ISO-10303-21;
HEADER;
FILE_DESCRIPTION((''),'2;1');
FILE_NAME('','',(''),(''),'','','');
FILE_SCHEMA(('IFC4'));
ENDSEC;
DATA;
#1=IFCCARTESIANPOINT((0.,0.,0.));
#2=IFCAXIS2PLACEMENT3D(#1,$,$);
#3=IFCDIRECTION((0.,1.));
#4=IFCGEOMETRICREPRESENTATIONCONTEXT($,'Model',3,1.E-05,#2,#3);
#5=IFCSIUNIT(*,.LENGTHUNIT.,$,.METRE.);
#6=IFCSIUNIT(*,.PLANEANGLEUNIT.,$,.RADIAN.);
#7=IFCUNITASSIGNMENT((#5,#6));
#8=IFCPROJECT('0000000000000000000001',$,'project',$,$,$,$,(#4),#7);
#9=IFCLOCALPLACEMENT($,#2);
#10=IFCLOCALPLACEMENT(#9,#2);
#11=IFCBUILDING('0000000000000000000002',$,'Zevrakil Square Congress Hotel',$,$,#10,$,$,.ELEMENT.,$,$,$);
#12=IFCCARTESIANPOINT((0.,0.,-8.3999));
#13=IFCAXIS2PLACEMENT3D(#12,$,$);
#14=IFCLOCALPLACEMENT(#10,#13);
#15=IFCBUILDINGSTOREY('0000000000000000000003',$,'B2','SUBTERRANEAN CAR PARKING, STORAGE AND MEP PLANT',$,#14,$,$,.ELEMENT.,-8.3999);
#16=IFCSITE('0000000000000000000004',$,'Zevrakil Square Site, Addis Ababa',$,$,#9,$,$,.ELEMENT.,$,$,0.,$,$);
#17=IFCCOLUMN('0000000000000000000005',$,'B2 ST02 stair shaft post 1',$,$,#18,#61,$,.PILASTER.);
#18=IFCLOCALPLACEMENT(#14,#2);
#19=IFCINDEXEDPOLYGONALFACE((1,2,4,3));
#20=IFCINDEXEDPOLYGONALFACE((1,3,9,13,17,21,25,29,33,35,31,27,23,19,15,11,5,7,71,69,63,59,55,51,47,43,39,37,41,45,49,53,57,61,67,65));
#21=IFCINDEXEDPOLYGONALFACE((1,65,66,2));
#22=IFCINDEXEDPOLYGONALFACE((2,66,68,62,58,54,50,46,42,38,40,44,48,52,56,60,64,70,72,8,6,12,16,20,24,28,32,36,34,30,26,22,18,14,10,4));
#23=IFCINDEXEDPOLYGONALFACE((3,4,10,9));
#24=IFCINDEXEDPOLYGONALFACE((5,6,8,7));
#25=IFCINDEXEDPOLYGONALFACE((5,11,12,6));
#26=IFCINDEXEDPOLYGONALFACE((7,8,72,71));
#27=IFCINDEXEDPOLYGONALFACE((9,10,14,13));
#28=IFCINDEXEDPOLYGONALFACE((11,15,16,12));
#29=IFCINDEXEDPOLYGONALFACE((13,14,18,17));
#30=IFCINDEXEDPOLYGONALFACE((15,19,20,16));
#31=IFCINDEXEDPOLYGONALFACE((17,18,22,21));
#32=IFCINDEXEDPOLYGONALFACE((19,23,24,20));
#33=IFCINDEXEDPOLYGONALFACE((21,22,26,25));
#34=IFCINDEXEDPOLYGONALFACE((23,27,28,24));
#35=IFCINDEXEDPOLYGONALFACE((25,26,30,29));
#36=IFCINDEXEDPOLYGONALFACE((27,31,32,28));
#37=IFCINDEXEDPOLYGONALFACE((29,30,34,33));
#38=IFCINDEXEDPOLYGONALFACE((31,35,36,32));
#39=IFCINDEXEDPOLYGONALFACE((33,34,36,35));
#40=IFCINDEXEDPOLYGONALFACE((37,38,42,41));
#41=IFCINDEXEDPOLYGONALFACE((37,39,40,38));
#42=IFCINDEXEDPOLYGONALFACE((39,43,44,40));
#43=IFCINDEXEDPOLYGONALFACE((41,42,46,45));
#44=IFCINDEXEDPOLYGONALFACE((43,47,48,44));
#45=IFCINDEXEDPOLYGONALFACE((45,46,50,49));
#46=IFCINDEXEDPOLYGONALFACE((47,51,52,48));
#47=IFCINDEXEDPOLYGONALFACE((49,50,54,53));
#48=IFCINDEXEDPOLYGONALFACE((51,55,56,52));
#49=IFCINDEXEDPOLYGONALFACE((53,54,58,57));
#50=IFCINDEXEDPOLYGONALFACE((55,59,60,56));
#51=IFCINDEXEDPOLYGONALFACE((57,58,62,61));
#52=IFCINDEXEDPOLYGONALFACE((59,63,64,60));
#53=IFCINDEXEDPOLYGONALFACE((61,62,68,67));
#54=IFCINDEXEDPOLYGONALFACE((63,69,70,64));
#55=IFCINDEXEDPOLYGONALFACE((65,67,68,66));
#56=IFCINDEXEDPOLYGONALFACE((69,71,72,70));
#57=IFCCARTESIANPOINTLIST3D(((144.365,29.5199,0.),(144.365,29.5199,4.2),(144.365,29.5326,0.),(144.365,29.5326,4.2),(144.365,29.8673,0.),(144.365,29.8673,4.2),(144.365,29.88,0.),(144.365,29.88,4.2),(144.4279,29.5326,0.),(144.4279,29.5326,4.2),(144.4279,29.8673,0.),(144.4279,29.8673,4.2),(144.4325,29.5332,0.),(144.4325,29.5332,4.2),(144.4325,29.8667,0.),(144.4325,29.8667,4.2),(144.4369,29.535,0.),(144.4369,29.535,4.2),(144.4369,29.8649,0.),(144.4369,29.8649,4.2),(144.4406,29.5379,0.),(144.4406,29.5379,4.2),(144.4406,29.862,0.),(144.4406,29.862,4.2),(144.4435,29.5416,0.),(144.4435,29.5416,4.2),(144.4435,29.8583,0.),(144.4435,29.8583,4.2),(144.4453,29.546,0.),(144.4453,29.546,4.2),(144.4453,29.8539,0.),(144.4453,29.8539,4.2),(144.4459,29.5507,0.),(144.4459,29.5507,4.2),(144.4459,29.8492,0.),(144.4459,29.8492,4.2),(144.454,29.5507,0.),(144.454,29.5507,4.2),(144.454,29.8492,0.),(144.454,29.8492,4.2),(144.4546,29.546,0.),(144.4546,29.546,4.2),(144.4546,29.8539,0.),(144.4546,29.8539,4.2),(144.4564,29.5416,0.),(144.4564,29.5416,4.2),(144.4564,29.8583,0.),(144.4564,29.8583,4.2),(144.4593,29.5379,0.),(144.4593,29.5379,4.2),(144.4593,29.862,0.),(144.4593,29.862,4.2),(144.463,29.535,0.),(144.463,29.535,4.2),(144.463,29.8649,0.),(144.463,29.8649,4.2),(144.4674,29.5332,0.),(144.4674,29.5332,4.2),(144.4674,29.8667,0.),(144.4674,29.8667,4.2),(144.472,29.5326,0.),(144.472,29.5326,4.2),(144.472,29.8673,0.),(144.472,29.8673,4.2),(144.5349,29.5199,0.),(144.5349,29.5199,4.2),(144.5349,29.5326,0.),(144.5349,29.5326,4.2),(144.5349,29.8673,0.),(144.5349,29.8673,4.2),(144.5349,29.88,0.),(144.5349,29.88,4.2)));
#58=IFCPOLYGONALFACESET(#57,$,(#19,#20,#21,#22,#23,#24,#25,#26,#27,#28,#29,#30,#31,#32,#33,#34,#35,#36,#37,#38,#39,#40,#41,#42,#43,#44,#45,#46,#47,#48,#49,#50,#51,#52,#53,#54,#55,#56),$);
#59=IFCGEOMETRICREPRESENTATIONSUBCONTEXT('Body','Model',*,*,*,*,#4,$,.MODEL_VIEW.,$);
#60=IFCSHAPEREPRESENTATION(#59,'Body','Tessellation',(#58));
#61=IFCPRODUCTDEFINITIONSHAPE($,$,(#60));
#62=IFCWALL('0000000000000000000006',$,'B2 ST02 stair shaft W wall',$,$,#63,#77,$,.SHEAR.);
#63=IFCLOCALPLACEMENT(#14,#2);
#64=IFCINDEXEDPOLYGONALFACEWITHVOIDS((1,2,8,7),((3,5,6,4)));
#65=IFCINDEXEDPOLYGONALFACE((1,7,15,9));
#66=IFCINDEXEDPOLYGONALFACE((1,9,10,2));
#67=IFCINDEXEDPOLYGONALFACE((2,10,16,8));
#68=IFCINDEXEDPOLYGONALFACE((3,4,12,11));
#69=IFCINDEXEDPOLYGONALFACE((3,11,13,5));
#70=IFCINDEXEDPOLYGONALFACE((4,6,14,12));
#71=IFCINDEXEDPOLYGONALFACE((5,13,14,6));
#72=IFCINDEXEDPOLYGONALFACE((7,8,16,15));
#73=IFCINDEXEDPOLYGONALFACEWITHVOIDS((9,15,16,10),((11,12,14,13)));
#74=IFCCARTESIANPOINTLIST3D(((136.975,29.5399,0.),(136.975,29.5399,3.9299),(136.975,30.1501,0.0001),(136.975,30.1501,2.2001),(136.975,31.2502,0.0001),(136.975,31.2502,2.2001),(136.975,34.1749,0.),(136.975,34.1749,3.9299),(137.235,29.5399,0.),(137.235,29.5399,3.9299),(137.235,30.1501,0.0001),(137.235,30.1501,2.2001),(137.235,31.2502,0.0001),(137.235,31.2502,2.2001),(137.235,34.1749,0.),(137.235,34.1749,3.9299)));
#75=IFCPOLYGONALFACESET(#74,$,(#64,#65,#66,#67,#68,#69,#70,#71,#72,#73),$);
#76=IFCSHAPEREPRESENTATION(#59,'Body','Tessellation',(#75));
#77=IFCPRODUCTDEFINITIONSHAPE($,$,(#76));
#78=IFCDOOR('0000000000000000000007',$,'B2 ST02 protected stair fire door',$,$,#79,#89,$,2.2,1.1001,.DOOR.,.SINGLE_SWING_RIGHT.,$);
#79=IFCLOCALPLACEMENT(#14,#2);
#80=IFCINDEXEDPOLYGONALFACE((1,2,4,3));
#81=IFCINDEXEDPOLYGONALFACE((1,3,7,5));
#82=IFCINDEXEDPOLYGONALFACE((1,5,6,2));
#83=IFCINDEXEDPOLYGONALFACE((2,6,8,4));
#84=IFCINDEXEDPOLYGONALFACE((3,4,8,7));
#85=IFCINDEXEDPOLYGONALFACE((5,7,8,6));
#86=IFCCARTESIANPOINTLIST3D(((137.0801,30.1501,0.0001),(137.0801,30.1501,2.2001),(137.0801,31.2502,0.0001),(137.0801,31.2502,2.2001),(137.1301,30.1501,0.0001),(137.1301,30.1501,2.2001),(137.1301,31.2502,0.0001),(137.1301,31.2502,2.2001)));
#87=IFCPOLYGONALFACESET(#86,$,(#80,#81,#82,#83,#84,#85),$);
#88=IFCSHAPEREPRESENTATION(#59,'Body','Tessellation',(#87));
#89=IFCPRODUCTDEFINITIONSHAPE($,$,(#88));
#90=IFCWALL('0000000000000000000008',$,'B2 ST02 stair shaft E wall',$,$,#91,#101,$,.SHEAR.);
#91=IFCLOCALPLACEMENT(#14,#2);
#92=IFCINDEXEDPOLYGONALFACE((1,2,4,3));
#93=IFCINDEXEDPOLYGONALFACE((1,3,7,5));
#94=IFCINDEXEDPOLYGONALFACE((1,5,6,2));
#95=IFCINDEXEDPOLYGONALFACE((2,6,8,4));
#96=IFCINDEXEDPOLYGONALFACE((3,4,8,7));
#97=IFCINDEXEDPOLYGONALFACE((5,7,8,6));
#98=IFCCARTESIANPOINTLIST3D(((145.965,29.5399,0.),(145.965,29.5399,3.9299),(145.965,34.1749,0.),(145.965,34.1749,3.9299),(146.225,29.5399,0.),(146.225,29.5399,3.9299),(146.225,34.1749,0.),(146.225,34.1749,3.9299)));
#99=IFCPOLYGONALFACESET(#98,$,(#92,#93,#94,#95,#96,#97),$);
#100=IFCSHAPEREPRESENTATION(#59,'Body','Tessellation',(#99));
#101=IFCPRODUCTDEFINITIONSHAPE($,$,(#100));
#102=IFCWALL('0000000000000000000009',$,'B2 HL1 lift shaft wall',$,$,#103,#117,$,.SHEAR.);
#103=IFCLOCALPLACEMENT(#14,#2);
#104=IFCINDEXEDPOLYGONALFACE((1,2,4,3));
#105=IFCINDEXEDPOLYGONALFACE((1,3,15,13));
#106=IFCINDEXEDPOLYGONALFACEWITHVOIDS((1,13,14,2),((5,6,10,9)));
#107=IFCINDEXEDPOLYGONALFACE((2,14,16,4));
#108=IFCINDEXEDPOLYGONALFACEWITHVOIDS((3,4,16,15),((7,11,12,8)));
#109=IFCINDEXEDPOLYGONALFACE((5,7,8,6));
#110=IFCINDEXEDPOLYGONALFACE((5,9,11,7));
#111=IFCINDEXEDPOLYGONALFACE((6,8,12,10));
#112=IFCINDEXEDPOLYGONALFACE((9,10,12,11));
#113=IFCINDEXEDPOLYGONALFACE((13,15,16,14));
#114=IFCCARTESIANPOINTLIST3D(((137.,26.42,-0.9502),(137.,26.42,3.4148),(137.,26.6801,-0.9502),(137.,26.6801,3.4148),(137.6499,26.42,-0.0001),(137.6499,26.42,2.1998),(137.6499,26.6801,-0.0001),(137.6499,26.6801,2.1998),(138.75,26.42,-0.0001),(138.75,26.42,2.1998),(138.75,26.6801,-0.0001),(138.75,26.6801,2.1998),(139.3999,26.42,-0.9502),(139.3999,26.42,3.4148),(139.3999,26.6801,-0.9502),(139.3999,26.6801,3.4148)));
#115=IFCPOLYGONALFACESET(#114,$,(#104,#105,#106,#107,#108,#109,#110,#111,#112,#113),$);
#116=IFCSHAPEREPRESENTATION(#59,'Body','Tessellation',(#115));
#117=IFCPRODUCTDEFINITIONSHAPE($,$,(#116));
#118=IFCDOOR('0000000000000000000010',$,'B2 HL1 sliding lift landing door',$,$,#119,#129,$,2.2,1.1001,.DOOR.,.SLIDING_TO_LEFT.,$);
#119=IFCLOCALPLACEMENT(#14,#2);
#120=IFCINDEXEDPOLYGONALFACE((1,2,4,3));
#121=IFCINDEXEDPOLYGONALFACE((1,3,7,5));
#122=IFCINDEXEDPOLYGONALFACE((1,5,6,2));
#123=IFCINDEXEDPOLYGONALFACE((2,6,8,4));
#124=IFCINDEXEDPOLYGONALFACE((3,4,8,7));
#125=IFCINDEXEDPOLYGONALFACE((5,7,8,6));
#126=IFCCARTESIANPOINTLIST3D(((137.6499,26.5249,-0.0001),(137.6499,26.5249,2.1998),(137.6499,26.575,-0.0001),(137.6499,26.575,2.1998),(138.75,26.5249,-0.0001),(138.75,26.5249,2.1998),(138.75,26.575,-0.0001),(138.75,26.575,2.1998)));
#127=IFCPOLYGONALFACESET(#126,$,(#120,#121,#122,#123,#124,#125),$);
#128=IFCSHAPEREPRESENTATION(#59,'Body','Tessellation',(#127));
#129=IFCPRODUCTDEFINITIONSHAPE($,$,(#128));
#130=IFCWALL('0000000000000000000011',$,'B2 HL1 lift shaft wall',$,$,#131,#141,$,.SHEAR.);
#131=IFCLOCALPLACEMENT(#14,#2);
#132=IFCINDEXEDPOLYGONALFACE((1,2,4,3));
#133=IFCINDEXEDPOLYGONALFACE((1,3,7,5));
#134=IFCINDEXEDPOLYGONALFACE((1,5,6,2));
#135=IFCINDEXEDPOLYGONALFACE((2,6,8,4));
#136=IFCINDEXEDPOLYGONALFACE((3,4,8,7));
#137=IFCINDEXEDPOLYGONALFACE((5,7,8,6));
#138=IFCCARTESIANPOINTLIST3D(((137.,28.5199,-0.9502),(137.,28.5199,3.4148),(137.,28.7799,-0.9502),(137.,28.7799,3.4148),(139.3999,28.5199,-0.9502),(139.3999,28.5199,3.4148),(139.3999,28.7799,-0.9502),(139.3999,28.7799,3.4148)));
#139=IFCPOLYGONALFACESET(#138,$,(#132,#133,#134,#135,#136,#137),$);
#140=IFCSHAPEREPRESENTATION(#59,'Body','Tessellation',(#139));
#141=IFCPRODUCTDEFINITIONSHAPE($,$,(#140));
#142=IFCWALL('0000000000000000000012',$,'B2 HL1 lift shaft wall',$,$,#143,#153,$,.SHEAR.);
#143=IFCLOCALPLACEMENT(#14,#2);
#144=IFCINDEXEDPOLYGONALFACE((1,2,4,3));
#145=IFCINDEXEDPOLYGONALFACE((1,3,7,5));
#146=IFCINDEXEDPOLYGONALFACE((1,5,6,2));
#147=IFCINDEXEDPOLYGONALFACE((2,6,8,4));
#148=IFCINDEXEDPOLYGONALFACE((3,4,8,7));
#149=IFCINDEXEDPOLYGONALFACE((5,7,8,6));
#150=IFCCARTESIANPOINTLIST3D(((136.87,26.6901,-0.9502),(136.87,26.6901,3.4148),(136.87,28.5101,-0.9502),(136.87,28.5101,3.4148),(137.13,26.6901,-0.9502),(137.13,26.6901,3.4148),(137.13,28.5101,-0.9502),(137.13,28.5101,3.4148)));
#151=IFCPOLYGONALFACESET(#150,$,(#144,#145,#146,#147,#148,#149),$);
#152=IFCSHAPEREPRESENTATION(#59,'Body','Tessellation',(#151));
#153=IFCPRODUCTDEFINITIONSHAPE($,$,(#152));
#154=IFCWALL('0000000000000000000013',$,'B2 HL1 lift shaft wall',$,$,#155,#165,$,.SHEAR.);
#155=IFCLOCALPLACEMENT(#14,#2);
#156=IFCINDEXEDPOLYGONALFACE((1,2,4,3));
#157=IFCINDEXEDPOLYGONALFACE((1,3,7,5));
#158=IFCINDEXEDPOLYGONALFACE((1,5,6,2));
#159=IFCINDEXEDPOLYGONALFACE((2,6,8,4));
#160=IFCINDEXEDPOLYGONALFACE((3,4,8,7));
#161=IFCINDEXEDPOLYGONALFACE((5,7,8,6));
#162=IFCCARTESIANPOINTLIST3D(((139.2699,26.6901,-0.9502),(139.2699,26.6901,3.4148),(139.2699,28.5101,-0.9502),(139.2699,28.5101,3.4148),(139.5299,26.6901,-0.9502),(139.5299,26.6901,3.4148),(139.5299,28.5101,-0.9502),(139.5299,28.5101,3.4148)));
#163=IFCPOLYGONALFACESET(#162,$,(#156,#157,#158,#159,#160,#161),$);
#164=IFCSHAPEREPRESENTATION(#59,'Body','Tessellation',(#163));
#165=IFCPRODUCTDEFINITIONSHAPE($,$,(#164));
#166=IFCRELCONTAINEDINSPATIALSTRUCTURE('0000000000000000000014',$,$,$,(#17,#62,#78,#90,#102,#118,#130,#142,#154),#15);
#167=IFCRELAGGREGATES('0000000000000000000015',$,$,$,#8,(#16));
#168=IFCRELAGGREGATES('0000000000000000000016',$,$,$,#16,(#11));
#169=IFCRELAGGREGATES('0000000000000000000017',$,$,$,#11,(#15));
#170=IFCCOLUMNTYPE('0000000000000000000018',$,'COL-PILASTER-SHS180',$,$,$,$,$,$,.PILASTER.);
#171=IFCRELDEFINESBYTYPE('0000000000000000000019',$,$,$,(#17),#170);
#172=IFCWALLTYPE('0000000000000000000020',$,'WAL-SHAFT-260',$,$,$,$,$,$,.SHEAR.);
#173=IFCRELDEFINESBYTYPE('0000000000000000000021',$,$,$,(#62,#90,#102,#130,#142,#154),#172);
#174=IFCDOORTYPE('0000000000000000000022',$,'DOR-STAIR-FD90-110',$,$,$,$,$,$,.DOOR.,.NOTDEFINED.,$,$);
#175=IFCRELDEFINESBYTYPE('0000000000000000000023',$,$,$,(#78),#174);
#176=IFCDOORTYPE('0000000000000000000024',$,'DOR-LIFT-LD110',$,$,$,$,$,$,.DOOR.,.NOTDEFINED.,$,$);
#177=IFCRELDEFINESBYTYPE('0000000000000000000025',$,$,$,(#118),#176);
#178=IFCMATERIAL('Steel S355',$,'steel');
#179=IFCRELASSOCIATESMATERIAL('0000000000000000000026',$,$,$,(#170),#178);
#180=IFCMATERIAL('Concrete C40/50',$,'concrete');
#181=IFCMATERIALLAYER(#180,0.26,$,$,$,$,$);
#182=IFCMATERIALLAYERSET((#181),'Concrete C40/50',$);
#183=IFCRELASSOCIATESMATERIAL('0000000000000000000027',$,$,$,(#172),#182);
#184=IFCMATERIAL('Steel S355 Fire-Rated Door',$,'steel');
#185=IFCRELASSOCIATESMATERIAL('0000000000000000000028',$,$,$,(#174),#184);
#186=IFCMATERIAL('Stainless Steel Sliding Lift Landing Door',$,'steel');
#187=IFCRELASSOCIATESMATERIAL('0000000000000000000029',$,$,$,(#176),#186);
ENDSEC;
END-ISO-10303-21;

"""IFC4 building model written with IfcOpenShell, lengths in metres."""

from ifc_helpers import new_model, si_unit, direction, frame, frame_2d, origin, origin_2d, place, context, subcontext, project, spatial, rectangle, i_section, extrude, material, layer, layer_set, material_profile, profile_set, type_object, element, fill, save


model = new_model("IFC4")

# Units and contexts
model_context = context("Model", 3, precision=1e-05, world=origin(), true_north=direction((0.0, 1.0)))
body_context = subcontext(model_context, "Body", "Model", "MODEL_VIEW")
ifc_project = project(units=[si_unit("LENGTHUNIT", "METRE"), si_unit("PLANEANGLEUNIT", "RADIAN")], contexts=[model_context])

# Site, building, storey
site_placement = place(None, origin())
site = spatial("IfcSite", under=ifc_project, at=site_placement, Name="Zevrakil Square Site, Addis Ababa", CompositionType="ELEMENT", RefElevation=0.0)
building_placement = place(site_placement, origin())
building = spatial("IfcBuilding", under=site, at=building_placement, Name="Zevrakil Square Congress Hotel", CompositionType="ELEMENT")
storey_placement = place(building_placement, frame((0.0, 0.0, -8.3999)))
storey = spatial("IfcBuildingStorey", under=building, at=storey_placement, Name="B2", Description="SUBTERRANEAN CAR PARKING, STORAGE AND MEP PLANT", CompositionType="ELEMENT", Elevation=-8.3999)

# Column
ifc_material_1 = material(Name="Steel S355", Category="steel")
ifc_material_profile_1 = material_profile(ifc_material_1, i_section(OverallWidth=0.1699, OverallDepth=0.3601, WebThickness=0.0081, FlangeThickness=0.0127, FilletRadius=0.0181, at=origin_2d()), Name="IPE 360")
ifc_profile_set_1 = profile_set([ifc_material_profile_1], Name="Steel S355")
column_type = type_object("IfcColumnType", Name="COL-PILASTER-SHS180", PredefinedType="PILASTER", material=ifc_profile_set_1)
column_placement = place(storey_placement, frame((144.45, 29.7, 0.0), z_axis=(0.0, 0.0, 1.0), x_axis=(1.0, 0.0, 0.0)))
element("IfcColumn", 1, at=column_placement, inside=storey, type_object=column_type, Name="B2 ST02 stair shaft post 1", PredefinedType="PILASTER", context=body_context, shape_type="SweptSolid", body=[
    extrude(i_section(OverallWidth=0.1699, OverallDepth=0.3601, WebThickness=0.0081, FlangeThickness=0.0127, FilletRadius=0.0181, at=origin_2d()), origin(), (0.0, 0.0, 1.0), 4.2),
])

# Wall, opening, door
ifc_material_2 = material(Name="Concrete C40/50", Category="concrete")
ifc_layer = layer(ifc_material_2, 0.26)
ifc_layer_set = layer_set([ifc_layer], Name="Concrete C40/50")
wall_type = type_object("IfcWallType", Name="WAL-SHAFT-260", PredefinedType="SHEAR", material=ifc_layer_set)
wall_1_placement = place(storey_placement, frame((137.105, 29.54, 0.0), z_axis=(0.0, 0.0, 1.0), x_axis=(0.0, 1.0, 0.0)))
wall_1 = element("IfcWall", 2, at=wall_1_placement, inside=storey, type_object=wall_type, Name="B2 ST02 stair shaft W wall", PredefinedType="SHEAR", context=body_context, shape_type="SweptSolid", body=[
    extrude(rectangle(XDim=4.635, YDim=0.26, at=frame_2d((2.3174, 0.0))), origin(), (0.0, 0.0, 1.0), 3.9299),
])
opening_1_placement = place(wall_1_placement, frame((0.6101, 0.0, 0.0)))
opening_1 = element("IfcOpeningElement", 3, at=opening_1_placement, cuts=wall_1, PredefinedType="OPENING", context=body_context, shape_type="SweptSolid", body=[
    extrude(rectangle(XDim=1.1001, YDim=2.2, at=frame_2d((0.55, 1.1001))), frame((0.0, 0.1401, 0.0), z_axis=(0.0, -1.0, 0.0), x_axis=(1.0, 0.0, 0.0)), (0.0, 0.0, 1.0), 0.28),
])
ifc_material_3 = material(Name="Steel S355 Fire-Rated Door", Category="steel")
door_type_1 = type_object("IfcDoorType", Name="DOR-STAIR-FD90-110", OperationType="NOTDEFINED", PredefinedType="DOOR", material=ifc_material_3)
door_1_placement = place(opening_1_placement, origin())
door_1 = element("IfcDoor", 4, at=door_1_placement, inside=storey, type_object=door_type_1, Name="B2 ST02 protected stair fire door", OperationType="SINGLE_SWING_RIGHT", OverallHeight=2.2, OverallWidth=1.1001, PredefinedType="DOOR", context=body_context, shape_type="SweptSolid", body=[
    extrude(rectangle(XDim=1.1001, YDim=2.2, at=frame_2d((0.55, 1.1001))), frame((0.0, 0.0249, 0.0), z_axis=(0.0, -1.0, 0.0), x_axis=(1.0, 0.0, 0.0)), (0.0, 0.0, 1.0), 0.05),
])
fill(opening_1, door_1)

# Wall
wall_2_placement = place(storey_placement, frame((146.095, 29.54, 0.0), z_axis=(0.0, 0.0, 1.0), x_axis=(0.0, 1.0, 0.0)))
element("IfcWall", 5, at=wall_2_placement, inside=storey, type_object=wall_type, Name="B2 ST02 stair shaft E wall", PredefinedType="SHEAR", context=body_context, shape_type="SweptSolid", body=[
    extrude(rectangle(XDim=4.635, YDim=0.26, at=frame_2d((2.3174, 0.0))), origin(), (0.0, 0.0, 1.0), 3.9299),
])

# Wall, opening, door
wall_3_placement = place(storey_placement, frame((137.0, 26.55, -0.9502), z_axis=(0.0, 0.0, 1.0), x_axis=(1.0, 0.0, 0.0)))
wall_3 = element("IfcWall", 6, at=wall_3_placement, inside=storey, type_object=wall_type, Name="B2 HL1 lift shaft wall", PredefinedType="SHEAR", context=body_context, shape_type="SweptSolid", body=[
    extrude(rectangle(XDim=2.3999, YDim=0.26, at=frame_2d((1.2, 0.0))), origin(), (0.0, 0.0, 1.0), 4.365),
])
opening_2_placement = place(wall_3_placement, frame((0.6499, 0.0, 0.95)))
opening_2 = element("IfcOpeningElement", 7, at=opening_2_placement, cuts=wall_3, PredefinedType="OPENING", context=body_context, shape_type="SweptSolid", body=[
    extrude(rectangle(XDim=1.1001, YDim=2.2, at=frame_2d((0.55, 1.1001))), frame((0.0, 0.1401, 0.0), z_axis=(0.0, -1.0, 0.0), x_axis=(1.0, 0.0, 0.0)), (0.0, 0.0, 1.0), 0.28),
])
ifc_material_4 = material(Name="Stainless Steel Sliding Lift Landing Door", Category="steel")
door_type_2 = type_object("IfcDoorType", Name="DOR-LIFT-LD110", OperationType="NOTDEFINED", PredefinedType="DOOR", material=ifc_material_4)
door_2_placement = place(opening_2_placement, origin())
door_2 = element("IfcDoor", 8, at=door_2_placement, inside=storey, type_object=door_type_2, Name="B2 HL1 sliding lift landing door", OperationType="SLIDING_TO_LEFT", OverallHeight=2.2, OverallWidth=1.1001, PredefinedType="DOOR", context=body_context, shape_type="SweptSolid", body=[
    extrude(rectangle(XDim=1.1001, YDim=2.2, at=frame_2d((0.55, 1.1001))), frame((0.0, 0.0249, 0.0), z_axis=(0.0, -1.0, 0.0), x_axis=(1.0, 0.0, 0.0)), (0.0, 0.0, 1.0), 0.05),
])
fill(opening_2, door_2)

# Walls
wall_4_placement = place(storey_placement, frame((137.0, 28.6499, -0.9502), z_axis=(0.0, 0.0, 1.0), x_axis=(1.0, 0.0, 0.0)))
element("IfcWall", 9, at=wall_4_placement, inside=storey, type_object=wall_type, Name="B2 HL1 lift shaft wall", PredefinedType="SHEAR", context=body_context, shape_type="SweptSolid", body=[
    extrude(rectangle(XDim=2.3999, YDim=0.26, at=frame_2d((1.2, 0.0))), origin(), (0.0, 0.0, 1.0), 4.365),
])
for number, where, z_axis, x_axis, name in (
    (10, (137.0, 26.6899, -0.9502), (0.0, 0.0, 1.0), (0.0, 1.0, 0.0), "B2 HL1 lift shaft wall"),
    (11, (139.3999, 26.6899, -0.9502), (0.0, 0.0, 1.0), (0.0, 1.0, 0.0), "B2 HL1 lift shaft wall"),
):
    element("IfcWall", number, at=place(storey_placement, frame(where, z_axis=z_axis, x_axis=x_axis)), inside=storey, type_object=wall_type, Name=name, PredefinedType="SHEAR", context=body_context, shape_type="SweptSolid", body=[
        extrude(rectangle(XDim=1.8201, YDim=0.26, at=frame_2d((0.9102, 0.0))), origin(), (0.0, 0.0, 1.0), 4.365),
    ])

save(model, "model.ifc")
